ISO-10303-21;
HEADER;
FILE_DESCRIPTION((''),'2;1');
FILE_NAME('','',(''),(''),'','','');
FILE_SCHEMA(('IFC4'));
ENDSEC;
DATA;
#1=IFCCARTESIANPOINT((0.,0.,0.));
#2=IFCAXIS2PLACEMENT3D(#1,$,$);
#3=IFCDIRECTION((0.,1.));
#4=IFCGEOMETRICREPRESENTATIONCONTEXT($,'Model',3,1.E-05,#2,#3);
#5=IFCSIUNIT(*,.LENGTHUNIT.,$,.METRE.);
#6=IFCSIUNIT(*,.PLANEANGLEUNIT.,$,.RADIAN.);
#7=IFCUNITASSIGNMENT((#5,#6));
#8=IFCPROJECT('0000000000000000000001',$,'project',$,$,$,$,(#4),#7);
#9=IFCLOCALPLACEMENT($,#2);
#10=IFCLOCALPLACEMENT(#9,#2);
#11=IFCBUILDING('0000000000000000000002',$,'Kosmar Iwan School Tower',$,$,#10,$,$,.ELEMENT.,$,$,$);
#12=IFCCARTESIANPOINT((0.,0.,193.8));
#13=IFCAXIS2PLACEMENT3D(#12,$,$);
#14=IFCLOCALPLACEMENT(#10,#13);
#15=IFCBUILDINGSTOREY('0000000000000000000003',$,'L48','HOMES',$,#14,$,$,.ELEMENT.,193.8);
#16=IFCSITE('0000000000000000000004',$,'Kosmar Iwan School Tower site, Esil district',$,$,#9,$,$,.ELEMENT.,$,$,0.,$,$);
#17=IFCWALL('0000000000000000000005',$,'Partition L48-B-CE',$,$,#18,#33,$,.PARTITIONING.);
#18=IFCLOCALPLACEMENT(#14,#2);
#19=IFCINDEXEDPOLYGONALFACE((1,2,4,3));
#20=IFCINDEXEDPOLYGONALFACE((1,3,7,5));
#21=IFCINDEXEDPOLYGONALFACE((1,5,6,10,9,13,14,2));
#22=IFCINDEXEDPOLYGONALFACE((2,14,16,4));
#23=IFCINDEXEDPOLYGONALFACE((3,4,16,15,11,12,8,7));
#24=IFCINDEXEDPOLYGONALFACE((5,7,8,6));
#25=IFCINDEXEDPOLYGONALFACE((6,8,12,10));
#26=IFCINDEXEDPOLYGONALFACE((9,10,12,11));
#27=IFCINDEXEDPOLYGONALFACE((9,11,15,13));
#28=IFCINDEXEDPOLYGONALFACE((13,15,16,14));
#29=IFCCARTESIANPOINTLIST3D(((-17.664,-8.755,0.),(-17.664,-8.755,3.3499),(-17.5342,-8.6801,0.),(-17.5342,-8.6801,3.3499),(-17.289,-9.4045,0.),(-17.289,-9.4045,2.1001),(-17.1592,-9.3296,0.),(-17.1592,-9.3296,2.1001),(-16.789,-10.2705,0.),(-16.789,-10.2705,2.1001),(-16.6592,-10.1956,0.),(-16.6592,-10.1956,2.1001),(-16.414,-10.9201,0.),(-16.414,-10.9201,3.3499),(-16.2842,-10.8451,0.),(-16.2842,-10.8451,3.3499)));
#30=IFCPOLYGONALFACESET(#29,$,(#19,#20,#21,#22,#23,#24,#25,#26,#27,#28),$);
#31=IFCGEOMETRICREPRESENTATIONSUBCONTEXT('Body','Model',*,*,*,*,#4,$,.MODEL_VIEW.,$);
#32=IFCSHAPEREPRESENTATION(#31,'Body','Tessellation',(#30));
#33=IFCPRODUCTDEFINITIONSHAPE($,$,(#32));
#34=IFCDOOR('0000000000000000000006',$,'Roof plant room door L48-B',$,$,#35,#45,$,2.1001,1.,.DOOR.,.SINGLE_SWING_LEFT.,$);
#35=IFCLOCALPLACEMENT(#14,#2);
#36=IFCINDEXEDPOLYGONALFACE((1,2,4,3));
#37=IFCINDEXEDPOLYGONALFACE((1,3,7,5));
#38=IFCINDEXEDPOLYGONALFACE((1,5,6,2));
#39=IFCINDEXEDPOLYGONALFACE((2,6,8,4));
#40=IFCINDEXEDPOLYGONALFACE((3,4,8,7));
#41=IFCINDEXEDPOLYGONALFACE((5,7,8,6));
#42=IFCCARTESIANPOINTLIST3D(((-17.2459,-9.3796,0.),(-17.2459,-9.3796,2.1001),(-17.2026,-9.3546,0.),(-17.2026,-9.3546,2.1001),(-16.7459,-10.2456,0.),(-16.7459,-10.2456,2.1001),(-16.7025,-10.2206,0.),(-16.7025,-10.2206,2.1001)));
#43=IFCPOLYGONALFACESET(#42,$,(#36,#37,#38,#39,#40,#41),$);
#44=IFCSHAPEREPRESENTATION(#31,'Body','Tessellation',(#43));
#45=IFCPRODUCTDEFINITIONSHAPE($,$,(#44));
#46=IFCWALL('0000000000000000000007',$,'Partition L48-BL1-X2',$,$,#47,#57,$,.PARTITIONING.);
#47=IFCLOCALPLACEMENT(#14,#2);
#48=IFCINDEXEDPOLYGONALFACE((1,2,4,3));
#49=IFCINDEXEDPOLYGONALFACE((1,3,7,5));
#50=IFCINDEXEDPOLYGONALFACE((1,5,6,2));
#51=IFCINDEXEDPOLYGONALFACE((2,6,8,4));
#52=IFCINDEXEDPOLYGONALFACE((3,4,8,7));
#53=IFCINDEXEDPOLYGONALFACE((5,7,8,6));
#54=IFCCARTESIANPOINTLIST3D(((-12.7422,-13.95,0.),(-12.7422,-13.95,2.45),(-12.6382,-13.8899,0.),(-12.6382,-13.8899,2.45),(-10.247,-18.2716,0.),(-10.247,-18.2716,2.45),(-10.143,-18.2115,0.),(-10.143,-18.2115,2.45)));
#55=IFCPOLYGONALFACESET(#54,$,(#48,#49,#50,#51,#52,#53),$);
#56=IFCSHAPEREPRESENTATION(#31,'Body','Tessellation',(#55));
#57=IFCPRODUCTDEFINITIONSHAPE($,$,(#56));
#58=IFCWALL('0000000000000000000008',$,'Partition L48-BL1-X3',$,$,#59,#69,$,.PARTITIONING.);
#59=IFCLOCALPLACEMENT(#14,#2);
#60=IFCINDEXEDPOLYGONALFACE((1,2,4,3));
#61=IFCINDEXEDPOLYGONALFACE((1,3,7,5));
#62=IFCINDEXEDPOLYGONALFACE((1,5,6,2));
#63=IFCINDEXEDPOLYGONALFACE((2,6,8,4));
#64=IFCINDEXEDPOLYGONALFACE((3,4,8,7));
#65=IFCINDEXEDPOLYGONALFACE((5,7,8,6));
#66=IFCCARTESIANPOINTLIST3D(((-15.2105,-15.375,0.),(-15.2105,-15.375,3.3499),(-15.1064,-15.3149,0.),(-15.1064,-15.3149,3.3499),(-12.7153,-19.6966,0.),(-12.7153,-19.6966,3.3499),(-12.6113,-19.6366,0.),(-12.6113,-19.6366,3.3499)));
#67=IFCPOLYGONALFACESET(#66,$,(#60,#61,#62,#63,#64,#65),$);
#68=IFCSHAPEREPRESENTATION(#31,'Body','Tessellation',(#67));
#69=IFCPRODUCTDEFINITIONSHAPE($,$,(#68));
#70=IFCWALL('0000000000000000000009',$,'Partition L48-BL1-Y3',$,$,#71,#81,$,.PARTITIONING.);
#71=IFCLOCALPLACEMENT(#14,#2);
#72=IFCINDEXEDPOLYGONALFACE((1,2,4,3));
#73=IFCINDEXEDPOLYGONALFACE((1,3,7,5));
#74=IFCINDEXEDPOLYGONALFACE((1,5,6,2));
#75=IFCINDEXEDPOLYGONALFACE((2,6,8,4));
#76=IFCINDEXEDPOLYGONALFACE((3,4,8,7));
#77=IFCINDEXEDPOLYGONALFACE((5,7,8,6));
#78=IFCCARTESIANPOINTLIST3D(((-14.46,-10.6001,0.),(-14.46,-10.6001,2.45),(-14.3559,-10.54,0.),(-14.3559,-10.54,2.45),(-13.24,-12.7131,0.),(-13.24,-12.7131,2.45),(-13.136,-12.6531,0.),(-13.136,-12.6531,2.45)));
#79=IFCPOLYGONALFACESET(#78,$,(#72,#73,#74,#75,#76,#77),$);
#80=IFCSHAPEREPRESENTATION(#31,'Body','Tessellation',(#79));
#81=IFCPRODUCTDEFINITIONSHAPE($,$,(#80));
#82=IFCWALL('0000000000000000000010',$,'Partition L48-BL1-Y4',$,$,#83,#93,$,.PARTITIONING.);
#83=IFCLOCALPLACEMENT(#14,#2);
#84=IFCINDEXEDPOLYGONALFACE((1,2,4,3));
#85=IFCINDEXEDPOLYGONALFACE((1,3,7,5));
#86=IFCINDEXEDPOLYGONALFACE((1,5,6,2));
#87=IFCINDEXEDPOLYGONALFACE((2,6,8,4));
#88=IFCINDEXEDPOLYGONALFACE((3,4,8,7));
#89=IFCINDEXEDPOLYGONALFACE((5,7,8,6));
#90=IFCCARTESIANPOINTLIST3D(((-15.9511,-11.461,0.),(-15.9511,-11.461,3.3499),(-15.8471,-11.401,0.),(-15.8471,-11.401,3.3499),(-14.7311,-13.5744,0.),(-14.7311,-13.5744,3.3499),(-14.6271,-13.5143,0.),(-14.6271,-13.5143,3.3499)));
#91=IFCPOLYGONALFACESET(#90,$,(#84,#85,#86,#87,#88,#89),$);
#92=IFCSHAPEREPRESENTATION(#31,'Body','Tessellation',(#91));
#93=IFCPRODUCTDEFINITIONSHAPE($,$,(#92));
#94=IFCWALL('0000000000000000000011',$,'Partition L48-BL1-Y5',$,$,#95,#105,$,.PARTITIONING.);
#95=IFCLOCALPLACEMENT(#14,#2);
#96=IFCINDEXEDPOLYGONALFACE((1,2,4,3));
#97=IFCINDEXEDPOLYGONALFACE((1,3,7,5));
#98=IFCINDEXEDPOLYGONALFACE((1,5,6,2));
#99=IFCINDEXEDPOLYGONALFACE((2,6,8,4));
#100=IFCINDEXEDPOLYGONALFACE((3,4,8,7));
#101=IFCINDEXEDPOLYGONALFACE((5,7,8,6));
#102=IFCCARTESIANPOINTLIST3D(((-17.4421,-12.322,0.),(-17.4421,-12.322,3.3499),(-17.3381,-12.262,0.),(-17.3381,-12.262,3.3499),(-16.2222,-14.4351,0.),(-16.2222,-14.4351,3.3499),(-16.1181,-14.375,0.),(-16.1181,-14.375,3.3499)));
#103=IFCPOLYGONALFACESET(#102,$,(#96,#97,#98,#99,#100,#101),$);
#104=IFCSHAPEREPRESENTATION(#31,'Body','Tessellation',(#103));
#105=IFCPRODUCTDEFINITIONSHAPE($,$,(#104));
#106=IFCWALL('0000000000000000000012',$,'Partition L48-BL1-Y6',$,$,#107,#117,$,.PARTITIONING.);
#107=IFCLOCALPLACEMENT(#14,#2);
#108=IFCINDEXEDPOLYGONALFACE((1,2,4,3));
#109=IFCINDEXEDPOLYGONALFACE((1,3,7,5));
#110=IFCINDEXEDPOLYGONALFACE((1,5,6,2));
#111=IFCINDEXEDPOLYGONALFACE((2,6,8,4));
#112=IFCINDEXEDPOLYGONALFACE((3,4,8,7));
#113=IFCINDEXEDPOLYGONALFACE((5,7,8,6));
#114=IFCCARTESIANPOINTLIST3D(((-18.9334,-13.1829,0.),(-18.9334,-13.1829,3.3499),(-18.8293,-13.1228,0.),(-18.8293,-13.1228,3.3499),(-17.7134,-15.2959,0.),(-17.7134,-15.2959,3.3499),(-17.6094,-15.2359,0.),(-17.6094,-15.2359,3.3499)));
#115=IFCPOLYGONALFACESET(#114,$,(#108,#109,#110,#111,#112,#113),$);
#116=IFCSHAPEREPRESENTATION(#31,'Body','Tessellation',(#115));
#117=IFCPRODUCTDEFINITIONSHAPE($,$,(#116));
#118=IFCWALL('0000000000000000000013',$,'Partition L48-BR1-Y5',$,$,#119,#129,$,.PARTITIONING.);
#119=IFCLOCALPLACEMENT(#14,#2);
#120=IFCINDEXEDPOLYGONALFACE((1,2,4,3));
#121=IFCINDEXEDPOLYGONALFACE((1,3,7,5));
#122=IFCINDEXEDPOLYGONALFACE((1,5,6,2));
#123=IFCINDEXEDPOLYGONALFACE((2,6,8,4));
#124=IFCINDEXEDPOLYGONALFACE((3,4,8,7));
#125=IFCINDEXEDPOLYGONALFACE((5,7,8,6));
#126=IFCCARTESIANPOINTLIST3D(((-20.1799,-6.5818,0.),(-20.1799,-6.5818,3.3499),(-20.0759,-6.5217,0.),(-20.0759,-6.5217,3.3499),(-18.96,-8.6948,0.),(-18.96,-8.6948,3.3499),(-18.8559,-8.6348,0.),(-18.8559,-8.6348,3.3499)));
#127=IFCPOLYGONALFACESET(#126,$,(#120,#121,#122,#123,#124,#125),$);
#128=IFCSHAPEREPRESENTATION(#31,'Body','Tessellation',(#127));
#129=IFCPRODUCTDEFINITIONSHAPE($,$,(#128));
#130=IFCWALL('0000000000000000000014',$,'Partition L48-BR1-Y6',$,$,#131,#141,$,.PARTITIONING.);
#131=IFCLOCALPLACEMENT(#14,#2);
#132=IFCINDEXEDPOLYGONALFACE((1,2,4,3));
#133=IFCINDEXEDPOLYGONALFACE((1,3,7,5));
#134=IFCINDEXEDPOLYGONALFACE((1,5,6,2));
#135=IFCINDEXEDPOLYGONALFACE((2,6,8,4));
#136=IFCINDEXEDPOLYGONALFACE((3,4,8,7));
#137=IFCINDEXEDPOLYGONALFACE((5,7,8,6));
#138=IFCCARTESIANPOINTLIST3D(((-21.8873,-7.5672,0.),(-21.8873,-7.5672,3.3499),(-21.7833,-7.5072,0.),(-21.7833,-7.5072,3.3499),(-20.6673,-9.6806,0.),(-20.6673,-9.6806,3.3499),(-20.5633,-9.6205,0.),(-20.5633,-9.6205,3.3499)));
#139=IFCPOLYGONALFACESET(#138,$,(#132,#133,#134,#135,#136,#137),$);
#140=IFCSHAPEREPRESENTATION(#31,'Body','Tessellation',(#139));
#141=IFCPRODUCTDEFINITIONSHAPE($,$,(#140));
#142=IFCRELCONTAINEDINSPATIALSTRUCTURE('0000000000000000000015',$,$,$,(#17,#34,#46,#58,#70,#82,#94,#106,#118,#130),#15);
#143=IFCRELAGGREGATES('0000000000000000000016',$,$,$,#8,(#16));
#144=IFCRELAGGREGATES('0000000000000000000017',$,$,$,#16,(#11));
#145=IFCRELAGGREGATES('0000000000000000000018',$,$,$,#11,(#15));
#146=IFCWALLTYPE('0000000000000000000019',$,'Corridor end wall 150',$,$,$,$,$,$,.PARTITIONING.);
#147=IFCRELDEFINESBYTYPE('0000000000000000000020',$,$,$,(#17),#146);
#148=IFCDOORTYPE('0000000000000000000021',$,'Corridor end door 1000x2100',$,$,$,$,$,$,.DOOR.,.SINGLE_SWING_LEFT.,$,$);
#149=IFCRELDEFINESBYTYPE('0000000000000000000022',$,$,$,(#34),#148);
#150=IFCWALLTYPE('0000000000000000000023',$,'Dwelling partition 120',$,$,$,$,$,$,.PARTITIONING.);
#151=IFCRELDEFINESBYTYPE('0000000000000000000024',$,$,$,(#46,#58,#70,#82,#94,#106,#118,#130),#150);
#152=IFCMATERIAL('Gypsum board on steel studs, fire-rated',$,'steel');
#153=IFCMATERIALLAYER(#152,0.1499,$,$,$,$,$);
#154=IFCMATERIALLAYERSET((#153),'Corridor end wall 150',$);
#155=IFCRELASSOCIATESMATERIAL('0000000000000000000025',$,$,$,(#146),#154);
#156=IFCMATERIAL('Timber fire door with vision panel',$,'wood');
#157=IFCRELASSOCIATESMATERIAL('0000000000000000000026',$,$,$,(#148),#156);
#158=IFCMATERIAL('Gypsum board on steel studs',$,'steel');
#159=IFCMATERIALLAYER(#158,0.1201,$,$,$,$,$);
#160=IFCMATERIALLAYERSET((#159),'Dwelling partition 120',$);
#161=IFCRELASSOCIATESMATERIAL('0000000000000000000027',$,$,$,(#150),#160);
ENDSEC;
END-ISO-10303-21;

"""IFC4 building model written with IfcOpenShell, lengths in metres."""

from ifc_helpers import new_model, si_unit, direction, frame, frame_2d, origin, place, context, subcontext, project, spatial, rectangle, extrude, material, layer, layer_set, type_object, element, fill, save


model = new_model("IFC4")

# Units and contexts
model_context = context("Model", 3, precision=1e-05, world=origin(), true_north=direction((0.0, 1.0)))
body_context = subcontext(model_context, "Body", "Model", "MODEL_VIEW")
ifc_project = project(units=[si_unit("LENGTHUNIT", "METRE"), si_unit("PLANEANGLEUNIT", "RADIAN")], contexts=[model_context])

# Site, building, storey
site_placement = place(None, origin())
site = spatial("IfcSite", under=ifc_project, at=site_placement, Name="Kosmar Iwan School Tower site, Esil district", CompositionType="ELEMENT", RefElevation=0.0)
building_placement = place(site_placement, origin())
building = spatial("IfcBuilding", under=site, at=building_placement, Name="Kosmar Iwan School Tower", CompositionType="ELEMENT")
storey_placement = place(building_placement, frame((0.0, 0.0, 193.8)))
storey = spatial("IfcBuildingStorey", under=building, at=storey_placement, Name="L48", Description="HOMES", CompositionType="ELEMENT", Elevation=193.8)

# Wall, opening, door
ifc_material_1 = material(Name="Gypsum board on steel studs, fire-rated", Category="steel")
ifc_layer_1 = layer(ifc_material_1, 0.1499)
ifc_layer_set_1 = layer_set([ifc_layer_1], Name="Corridor end wall 150")
wall_type_1 = type_object("IfcWallType", Name="Corridor end wall 150", PredefinedType="PARTITIONING", material=ifc_layer_set_1)
wall_1_placement = place(storey_placement, frame((-17.5991, -8.7175, 0.0), z_axis=(0.0, 0.0, 1.0), x_axis=(0.500004, -0.866023, 0.0)))
wall_1 = element("IfcWall", 1, at=wall_1_placement, inside=storey, type_object=wall_type_1, Name="Partition L48-B-CE", PredefinedType="PARTITIONING", context=body_context, shape_type="SweptSolid", body=[
    extrude(rectangle(XDim=2.5, YDim=0.1499, at=frame_2d((1.25, 0.0))), origin(), (0.0, 0.0, 1.0), 3.3499),
])
opening_placement = place(wall_1_placement, frame((0.75, 0.0, 0.0)))
opening = element("IfcOpeningElement", 2, at=opening_placement, cuts=wall_1, PredefinedType="OPENING", context=body_context, shape_type="SweptSolid", body=[
    extrude(rectangle(XDim=1.0, YDim=2.1001, at=frame_2d((0.5, 1.05))), frame((0.0, 0.0869, 0.0), z_axis=(0.0, -1.0, 0.0), x_axis=(1.0, 0.0, 0.0)), (0.0, 0.0, 1.0), 0.1738),
])
ifc_material_2 = material(Name="Timber fire door with vision panel", Category="wood")
door_type = type_object("IfcDoorType", Name="Corridor end door 1000x2100", OperationType="SINGLE_SWING_LEFT", PredefinedType="DOOR", material=ifc_material_2)
door_placement = place(opening_placement, origin())
door = element("IfcDoor", 3, at=door_placement, inside=storey, type_object=door_type, Name="Roof plant room door L48-B", OperationType="SINGLE_SWING_LEFT", OverallHeight=2.1001, OverallWidth=1.0, PredefinedType="DOOR", context=body_context, shape_type="SweptSolid", body=[
    extrude(rectangle(XDim=1.0, YDim=2.1001, at=frame_2d((0.5, 1.05))), frame((0.0, 0.0249, 0.0), z_axis=(0.0, -1.0, 0.0), x_axis=(1.0, 0.0, 0.0)), (0.0, 0.0, 1.0), 0.05),
])
fill(opening, door)

# Walls
ifc_material_3 = material(Name="Gypsum board on steel studs", Category="steel")
ifc_layer_2 = layer(ifc_material_3, 0.1201)
ifc_layer_set_2 = layer_set([ifc_layer_2], Name="Dwelling partition 120")
wall_type_2 = type_object("IfcWallType", Name="Dwelling partition 120", PredefinedType="PARTITIONING", material=ifc_layer_set_2)
wall_2_placement = place(storey_placement, frame((-12.6902, -13.9199, 0.0), z_axis=(0.0, 0.0, 1.0), x_axis=(0.500012, -0.866019, 0.0)))
element("IfcWall", 4, at=wall_2_placement, inside=storey, type_object=wall_type_2, Name="Partition L48-BL1-X2", PredefinedType="PARTITIONING", context=body_context, shape_type="SweptSolid", body=[
    extrude(rectangle(XDim=4.9902, YDim=0.1201, at=frame_2d((2.4951, 0.0))), origin(), (0.0, 0.0, 1.0), 2.45),
])
wall_3_placement = place(storey_placement, frame((-15.1584, -15.345, 0.0), z_axis=(0.0, 0.0, 1.0), x_axis=(0.500012, -0.866019, 0.0)))
element("IfcWall", 5, at=wall_3_placement, inside=storey, type_object=wall_type_2, Name="Partition L48-BL1-X3", PredefinedType="PARTITIONING", context=body_context, shape_type="SweptSolid", body=[
    extrude(rectangle(XDim=4.9902, YDim=0.1201, at=frame_2d((2.4951, 0.0))), origin(), (0.0, 0.0, 1.0), 3.3499),
])
wall_4_placement = place(storey_placement, frame((-14.408, -10.5701, 0.0), z_axis=(0.0, 0.0, 1.0), x_axis=(0.500003, -0.866024, 0.0)))
element("IfcWall", 6, at=wall_4_placement, inside=storey, type_object=wall_type_2, Name="Partition L48-BL1-Y3", PredefinedType="PARTITIONING", context=body_context, shape_type="SweptSolid", body=[
    extrude(rectangle(XDim=2.4399, YDim=0.1201, at=frame_2d((1.22, 0.0))), origin(), (0.0, 0.0, 1.0), 2.45),
])
wall_5_placement = place(storey_placement, frame((-15.8992, -11.4309, 0.0), z_axis=(0.0, 0.0, 1.0), x_axis=(0.499959, -0.866049, 0.0)))
element("IfcWall", 7, at=wall_5_placement, inside=storey, type_object=wall_type_2, Name="Partition L48-BL1-Y4", PredefinedType="PARTITIONING", context=body_context, shape_type="SweptSolid", body=[
    extrude(rectangle(XDim=2.4402, YDim=0.1201, at=frame_2d((1.2202, 0.0))), origin(), (0.0, 0.0, 1.0), 3.3499),
])
for number, where, z_axis, x_axis, name in (
    (8, (-17.3901, -12.292, 0.0), (0.0, 0.0, 1.0), (0.500003, -0.866024, 0.0), "Partition L48-BL1-Y5"),
    (9, (-18.8813, -13.1528, 0.0), (0.0, 0.0, 1.0), (0.500003, -0.866024, 0.0), "Partition L48-BL1-Y6"),
    (10, (-18.908, -8.6648, 0.0), (0.0, 0.0, 1.0), (-0.500003, 0.866024, 0.0), "Partition L48-BR1-Y5"),
):
    element("IfcWall", number, at=place(storey_placement, frame(where, z_axis=z_axis, x_axis=x_axis)), inside=storey, type_object=wall_type_2, Name=name, PredefinedType="PARTITIONING", context=body_context, shape_type="SweptSolid", body=[
        extrude(rectangle(XDim=2.4399, YDim=0.1201, at=frame_2d((1.22, 0.0))), origin(), (0.0, 0.0, 1.0), 3.3499),
    ])
wall_6_placement = place(storey_placement, frame((-20.6152, -9.6506, 0.0), z_axis=(0.0, 0.0, 1.0), x_axis=(-0.499959, 0.866049, 0.0)))
element("IfcWall", 11, at=wall_6_placement, inside=storey, type_object=wall_type_2, Name="Partition L48-BR1-Y6", PredefinedType="PARTITIONING", context=body_context, shape_type="SweptSolid", body=[
    extrude(rectangle(XDim=2.4402, YDim=0.1201, at=frame_2d((1.2202, 0.0))), origin(), (0.0, 0.0, 1.0), 3.3499),
])

save(model, "model.ifc")
